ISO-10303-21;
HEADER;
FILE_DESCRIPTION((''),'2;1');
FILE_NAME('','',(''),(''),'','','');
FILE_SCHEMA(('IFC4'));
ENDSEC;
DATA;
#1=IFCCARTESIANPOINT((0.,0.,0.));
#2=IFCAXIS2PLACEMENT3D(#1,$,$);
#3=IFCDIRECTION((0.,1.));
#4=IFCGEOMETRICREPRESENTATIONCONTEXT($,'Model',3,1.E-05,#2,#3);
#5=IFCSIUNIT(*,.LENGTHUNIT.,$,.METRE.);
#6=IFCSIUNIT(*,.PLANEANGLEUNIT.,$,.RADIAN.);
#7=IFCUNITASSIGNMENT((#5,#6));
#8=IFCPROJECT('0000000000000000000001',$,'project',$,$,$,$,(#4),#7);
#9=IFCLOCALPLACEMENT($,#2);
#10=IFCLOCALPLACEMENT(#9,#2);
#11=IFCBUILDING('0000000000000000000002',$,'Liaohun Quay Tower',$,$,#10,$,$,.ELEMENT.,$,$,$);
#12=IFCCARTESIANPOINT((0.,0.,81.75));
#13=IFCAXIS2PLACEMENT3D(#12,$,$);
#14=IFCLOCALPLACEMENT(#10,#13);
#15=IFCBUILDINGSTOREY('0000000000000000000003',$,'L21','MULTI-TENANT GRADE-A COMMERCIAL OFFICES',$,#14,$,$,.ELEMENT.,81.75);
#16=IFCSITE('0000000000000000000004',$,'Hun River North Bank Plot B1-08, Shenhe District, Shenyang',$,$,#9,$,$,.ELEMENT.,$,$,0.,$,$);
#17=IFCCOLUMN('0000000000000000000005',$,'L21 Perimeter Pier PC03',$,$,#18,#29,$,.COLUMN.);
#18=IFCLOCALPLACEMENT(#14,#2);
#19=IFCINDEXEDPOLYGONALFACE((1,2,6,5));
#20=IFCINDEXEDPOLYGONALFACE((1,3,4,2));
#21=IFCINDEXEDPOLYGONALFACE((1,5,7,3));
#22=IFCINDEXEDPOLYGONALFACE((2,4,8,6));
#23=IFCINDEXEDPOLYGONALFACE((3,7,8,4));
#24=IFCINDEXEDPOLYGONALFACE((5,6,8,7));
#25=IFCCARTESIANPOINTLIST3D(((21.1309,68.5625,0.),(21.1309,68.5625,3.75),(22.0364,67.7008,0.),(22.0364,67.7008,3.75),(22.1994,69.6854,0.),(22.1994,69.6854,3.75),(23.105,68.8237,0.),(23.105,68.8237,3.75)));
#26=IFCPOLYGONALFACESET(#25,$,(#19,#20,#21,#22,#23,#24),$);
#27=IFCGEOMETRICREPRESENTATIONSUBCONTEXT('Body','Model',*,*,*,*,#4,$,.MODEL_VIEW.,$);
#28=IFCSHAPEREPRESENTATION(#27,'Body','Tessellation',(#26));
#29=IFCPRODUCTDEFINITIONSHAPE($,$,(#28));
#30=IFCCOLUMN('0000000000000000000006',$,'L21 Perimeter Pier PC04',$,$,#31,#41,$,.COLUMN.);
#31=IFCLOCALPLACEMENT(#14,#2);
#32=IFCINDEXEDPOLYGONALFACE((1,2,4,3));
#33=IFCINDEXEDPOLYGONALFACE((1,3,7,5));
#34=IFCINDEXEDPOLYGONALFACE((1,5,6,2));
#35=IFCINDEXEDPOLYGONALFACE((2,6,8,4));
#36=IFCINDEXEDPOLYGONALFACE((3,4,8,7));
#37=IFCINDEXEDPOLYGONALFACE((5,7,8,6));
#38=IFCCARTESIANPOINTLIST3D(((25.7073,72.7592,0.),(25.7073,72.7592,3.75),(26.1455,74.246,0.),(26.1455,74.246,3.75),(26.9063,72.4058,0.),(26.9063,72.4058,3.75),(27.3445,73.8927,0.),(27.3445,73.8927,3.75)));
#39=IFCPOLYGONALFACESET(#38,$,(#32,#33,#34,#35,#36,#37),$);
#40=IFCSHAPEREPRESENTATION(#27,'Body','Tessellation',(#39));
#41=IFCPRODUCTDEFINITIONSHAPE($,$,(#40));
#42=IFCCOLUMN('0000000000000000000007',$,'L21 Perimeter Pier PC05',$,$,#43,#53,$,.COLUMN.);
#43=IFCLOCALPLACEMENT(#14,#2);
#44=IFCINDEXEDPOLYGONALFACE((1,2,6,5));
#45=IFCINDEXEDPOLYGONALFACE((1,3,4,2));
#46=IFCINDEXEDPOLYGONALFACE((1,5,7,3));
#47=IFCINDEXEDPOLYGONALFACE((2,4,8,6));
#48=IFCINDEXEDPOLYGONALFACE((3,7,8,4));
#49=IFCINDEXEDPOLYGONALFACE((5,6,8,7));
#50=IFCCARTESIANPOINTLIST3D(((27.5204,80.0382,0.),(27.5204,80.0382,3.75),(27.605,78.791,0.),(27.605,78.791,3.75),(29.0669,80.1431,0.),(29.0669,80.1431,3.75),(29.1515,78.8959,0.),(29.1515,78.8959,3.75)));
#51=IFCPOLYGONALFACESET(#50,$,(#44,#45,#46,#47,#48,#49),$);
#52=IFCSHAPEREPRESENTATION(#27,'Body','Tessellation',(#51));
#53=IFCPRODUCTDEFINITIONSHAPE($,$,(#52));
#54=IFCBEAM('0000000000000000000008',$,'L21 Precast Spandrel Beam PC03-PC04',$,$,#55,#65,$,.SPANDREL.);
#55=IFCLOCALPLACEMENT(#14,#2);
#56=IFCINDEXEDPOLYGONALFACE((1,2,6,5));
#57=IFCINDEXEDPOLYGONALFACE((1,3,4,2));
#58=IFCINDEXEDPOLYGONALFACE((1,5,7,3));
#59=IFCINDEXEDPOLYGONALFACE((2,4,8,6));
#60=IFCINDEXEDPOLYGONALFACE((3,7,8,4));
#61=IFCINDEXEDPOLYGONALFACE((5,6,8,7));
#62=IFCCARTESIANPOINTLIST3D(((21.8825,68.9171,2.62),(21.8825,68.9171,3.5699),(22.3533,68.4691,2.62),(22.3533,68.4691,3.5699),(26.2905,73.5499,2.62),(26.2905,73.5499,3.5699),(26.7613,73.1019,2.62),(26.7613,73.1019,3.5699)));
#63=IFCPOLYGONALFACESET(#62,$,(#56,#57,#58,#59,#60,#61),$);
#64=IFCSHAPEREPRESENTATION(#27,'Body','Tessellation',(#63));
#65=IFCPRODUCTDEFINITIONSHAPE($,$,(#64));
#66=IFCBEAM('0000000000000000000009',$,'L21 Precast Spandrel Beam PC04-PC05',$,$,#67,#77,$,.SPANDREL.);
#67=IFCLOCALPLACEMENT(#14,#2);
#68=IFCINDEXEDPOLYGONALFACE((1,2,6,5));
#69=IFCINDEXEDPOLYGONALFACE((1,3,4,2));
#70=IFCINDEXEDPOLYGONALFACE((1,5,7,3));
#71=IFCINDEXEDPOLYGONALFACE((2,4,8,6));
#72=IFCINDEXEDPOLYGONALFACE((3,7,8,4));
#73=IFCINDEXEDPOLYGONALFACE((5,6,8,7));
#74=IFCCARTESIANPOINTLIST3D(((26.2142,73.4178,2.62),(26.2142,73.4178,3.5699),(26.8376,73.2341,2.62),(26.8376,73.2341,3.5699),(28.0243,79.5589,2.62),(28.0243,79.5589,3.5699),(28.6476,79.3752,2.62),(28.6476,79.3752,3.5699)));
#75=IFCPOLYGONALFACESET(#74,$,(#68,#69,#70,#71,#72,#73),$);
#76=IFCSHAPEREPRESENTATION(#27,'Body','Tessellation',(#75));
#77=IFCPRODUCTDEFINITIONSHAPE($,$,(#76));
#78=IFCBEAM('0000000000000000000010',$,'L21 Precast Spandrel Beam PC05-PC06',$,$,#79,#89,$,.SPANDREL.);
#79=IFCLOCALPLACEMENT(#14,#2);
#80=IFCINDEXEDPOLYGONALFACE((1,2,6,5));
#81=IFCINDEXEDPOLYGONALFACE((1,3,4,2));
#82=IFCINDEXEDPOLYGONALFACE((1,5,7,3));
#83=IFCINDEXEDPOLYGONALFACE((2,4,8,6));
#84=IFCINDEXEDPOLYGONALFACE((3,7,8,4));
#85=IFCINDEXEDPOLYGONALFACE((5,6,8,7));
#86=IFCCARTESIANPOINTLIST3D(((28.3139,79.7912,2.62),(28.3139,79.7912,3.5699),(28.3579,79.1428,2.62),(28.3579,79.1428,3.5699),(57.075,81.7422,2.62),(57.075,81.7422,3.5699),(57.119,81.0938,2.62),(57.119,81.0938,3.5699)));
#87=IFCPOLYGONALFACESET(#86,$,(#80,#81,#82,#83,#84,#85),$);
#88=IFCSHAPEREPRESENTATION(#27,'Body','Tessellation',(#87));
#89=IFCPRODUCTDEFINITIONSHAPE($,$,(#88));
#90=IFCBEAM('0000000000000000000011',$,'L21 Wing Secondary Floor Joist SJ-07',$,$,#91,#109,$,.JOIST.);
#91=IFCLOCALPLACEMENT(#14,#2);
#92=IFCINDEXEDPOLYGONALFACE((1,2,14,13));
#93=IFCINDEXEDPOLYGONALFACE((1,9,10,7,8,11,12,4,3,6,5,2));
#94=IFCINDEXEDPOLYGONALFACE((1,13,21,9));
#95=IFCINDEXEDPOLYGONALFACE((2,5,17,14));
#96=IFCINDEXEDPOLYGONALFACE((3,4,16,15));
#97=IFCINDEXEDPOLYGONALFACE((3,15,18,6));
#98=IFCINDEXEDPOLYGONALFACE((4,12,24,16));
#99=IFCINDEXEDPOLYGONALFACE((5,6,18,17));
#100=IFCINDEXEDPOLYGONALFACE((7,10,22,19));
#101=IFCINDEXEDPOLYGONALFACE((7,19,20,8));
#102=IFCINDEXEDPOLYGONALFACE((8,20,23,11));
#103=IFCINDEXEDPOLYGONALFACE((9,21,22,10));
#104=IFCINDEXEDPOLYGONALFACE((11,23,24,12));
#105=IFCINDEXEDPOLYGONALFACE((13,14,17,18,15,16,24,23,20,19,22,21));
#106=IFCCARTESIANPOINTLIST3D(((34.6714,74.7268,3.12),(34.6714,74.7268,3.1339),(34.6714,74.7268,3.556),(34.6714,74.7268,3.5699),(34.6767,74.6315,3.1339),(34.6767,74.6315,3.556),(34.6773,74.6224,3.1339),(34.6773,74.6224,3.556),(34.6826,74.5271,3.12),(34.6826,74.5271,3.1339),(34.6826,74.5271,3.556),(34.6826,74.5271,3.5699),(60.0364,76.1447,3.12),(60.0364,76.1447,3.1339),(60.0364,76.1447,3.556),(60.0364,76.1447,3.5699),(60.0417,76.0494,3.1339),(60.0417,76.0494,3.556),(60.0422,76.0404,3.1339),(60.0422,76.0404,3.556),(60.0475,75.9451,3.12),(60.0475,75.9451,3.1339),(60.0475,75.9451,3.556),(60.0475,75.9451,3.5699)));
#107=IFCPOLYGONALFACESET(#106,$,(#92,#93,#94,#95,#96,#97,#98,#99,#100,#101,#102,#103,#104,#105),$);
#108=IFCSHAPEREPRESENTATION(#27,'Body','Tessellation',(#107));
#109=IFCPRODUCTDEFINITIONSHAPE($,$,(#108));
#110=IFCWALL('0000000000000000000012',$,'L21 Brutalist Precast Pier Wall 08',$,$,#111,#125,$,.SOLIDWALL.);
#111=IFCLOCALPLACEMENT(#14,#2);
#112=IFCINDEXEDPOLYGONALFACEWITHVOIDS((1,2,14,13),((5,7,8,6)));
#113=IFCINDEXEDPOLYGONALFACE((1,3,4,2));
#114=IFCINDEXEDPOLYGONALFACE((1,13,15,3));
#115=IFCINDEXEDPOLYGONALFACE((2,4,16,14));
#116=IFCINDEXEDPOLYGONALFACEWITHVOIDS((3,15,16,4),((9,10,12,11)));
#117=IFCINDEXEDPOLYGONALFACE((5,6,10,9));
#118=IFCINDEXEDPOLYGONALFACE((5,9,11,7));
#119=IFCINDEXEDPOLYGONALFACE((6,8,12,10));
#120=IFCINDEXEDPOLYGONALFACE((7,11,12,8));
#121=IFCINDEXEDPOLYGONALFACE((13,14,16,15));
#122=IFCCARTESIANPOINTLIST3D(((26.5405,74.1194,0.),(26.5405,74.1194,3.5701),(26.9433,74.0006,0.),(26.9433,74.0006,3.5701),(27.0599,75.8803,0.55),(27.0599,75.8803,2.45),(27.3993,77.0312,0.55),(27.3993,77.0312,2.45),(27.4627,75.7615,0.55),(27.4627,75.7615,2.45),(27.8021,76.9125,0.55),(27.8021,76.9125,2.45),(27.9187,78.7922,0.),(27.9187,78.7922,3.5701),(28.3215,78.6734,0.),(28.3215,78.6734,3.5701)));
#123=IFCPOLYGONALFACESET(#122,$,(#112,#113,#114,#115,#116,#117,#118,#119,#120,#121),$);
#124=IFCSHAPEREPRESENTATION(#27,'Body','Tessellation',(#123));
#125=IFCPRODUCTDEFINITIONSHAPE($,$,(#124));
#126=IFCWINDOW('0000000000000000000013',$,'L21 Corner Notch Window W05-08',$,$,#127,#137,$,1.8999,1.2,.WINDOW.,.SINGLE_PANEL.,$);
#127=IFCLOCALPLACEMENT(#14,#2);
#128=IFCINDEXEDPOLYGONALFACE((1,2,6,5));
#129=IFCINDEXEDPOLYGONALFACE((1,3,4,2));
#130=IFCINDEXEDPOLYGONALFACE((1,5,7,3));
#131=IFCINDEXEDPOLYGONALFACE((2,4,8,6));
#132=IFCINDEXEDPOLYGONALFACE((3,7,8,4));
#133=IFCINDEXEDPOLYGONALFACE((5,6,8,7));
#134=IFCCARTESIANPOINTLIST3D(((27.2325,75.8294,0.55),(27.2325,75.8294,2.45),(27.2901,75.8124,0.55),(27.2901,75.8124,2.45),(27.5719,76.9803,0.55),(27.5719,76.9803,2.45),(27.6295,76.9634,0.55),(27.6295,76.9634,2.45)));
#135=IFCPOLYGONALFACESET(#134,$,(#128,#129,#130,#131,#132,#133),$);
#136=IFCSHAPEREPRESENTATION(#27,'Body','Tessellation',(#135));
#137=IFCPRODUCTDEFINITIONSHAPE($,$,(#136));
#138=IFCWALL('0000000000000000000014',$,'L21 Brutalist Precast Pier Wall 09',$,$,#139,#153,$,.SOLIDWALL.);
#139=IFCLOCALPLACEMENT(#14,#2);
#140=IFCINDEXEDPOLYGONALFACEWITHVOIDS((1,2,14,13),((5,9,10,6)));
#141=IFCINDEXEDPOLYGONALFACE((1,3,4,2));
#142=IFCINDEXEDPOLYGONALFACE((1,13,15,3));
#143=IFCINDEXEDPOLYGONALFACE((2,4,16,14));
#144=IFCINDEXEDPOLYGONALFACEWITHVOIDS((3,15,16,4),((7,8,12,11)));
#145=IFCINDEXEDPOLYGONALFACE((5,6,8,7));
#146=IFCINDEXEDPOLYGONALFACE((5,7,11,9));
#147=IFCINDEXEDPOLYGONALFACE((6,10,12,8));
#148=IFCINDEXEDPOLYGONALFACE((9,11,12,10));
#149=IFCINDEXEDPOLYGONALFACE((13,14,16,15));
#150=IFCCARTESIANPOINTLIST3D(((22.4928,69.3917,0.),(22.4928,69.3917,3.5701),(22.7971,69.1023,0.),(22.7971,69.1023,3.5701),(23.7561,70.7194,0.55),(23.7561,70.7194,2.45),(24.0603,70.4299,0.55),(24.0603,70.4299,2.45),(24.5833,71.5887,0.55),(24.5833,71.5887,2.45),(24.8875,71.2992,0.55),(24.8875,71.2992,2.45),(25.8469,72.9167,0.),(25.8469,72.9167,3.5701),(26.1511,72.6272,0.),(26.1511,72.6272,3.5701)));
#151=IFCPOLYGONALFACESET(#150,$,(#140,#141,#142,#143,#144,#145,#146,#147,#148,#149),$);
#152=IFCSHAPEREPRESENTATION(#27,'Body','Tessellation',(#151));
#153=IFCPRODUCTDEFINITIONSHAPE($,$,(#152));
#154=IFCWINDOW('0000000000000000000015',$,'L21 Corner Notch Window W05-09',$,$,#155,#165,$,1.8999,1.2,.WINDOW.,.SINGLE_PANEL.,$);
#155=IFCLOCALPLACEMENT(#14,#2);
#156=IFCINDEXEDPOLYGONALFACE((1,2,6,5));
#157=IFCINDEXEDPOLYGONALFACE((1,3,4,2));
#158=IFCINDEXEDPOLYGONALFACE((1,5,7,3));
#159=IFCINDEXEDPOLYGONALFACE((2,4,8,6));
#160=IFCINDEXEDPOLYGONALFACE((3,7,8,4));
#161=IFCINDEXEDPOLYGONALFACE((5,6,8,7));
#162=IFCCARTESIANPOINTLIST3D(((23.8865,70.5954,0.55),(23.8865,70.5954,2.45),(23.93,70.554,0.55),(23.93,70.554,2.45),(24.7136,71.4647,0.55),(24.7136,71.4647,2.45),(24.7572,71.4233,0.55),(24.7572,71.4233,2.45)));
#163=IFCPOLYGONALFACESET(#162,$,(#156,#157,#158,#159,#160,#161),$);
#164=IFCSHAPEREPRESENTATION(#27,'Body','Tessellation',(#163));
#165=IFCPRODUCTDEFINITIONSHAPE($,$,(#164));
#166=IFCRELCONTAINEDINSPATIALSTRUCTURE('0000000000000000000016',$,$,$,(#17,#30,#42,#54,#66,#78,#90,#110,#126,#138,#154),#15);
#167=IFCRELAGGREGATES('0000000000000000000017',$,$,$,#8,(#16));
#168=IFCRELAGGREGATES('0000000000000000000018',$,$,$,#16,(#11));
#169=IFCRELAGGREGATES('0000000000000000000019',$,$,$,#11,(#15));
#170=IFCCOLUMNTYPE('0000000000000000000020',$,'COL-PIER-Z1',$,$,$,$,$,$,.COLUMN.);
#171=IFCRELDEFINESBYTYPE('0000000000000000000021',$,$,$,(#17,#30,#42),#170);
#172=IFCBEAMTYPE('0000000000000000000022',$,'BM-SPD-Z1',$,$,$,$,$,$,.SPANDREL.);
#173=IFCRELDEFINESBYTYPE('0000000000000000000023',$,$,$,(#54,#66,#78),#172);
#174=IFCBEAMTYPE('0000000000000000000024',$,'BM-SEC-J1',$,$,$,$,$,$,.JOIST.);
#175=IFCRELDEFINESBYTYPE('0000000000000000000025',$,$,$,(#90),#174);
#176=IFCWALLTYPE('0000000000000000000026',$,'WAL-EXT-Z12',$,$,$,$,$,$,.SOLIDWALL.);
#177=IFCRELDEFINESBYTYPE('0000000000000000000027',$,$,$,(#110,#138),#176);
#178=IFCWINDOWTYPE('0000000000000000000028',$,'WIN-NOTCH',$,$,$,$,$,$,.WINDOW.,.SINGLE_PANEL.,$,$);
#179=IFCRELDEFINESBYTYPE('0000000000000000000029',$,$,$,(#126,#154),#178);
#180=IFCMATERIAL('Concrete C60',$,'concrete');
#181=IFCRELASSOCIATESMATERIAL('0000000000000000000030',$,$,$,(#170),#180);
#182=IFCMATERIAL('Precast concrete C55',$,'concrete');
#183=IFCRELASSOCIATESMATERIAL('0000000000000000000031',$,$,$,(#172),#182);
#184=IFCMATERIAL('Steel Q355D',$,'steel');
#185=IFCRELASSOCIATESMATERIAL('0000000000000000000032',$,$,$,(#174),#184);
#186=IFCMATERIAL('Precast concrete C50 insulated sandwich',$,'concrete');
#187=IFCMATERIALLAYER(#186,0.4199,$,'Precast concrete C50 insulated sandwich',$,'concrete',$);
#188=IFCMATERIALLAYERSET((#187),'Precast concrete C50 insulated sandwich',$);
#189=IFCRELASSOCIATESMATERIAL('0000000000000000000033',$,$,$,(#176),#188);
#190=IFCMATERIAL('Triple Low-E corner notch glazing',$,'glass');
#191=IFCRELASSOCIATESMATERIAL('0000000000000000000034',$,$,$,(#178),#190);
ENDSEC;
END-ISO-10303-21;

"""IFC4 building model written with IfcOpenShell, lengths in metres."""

from ifc_helpers import new_model, si_unit, direction, frame, frame_2d, origin, origin_2d, place, context, subcontext, project, spatial, rectangle, i_section, extrude, source, transform, mapped, material, layer, layer_set, material_profile, profile_set, type_object, element, fill, save


model = new_model("IFC4")

# Units and contexts
model_context = context("Model", 3, precision=1e-05, world=origin(), true_north=direction((0.0, 1.0)))
body_context = subcontext(model_context, "Body", "Model", "MODEL_VIEW")
ifc_project = project(units=[si_unit("LENGTHUNIT", "METRE"), si_unit("PLANEANGLEUNIT", "RADIAN")], contexts=[model_context])

# Site, building, storey
site_placement = place(None, origin())
site = spatial("IfcSite", under=ifc_project, at=site_placement, Name="Hun River North Bank Plot B1-08, Shenhe District, Shenyang", CompositionType="ELEMENT", RefElevation=0.0)
building_placement = place(site_placement, origin())
building = spatial("IfcBuilding", under=site, at=building_placement, Name="Liaohun Quay Tower", CompositionType="ELEMENT")
storey_placement = place(building_placement, frame((0.0, 0.0, 81.75)))
storey = spatial("IfcBuildingStorey", under=building, at=storey_placement, Name="L21", Description="MULTI-TENANT GRADE-A COMMERCIAL OFFICES", CompositionType="ELEMENT", Elevation=81.75)

# Columns
ifc_material_1 = material(Name="Concrete C60", Category="concrete")
ifc_material_profile_1 = material_profile(ifc_material_1, rectangle(XDim=1.55, YDim=1.25, at=origin_2d()), Name="RC1550x1250")
ifc_profile_set_1 = profile_set([ifc_material_profile_1], Name="Concrete C60")
column_type = type_object("IfcColumnType", Name="COL-PIER-Z1", PredefinedType="COLUMN", material=ifc_profile_set_1)
shared_shape_1 = source(origin(), body_context, "Body", "SweptSolid", [
    extrude(rectangle(XDim=1.55, YDim=1.25, at=origin_2d()), origin(), (0.0, 0.0, 1.0), 3.75),
])
for number, where, z_axis, x_axis, name in (
    (1, (22.1179, 68.6931, 0.0), (0.0, 0.0, 1.0), (0.689367, 0.724413, 0.0), "L21 Perimeter Pier PC03"),
    (2, (26.5259, 73.3259, 0.0), (0.0, 0.0, 1.0), (0.282676, 0.959215, 0.0), "L21 Perimeter Pier PC04"),
    (3, (28.3359, 79.467, 0.0), (0.0, 0.0, 1.0), (0.997708, 0.067667, 0.0), "L21 Perimeter Pier PC05"),
):
    element("IfcColumn", number, at=place(storey_placement, frame(where, z_axis=z_axis, x_axis=x_axis)), inside=storey, type_object=column_type, Name=name, PredefinedType="COLUMN", context=body_context, shape_type="MappedRepresentation", body=[
        mapped(shared_shape_1, transform((0.0, 0.0, 0.0), x_axis=(1.0, 0.0, 0.0), y_axis=(0.0, 1.0, 0.0), z_axis=(0.0, 0.0, 1.0), scale=1.0)),
    ])

# Beams
ifc_material_2 = material(Name="Precast concrete C55", Category="concrete")
ifc_material_profile_2 = material_profile(ifc_material_2, rectangle(XDim=0.6499, YDim=0.95, at=origin_2d()), Name="RC650x950")
ifc_profile_set_2 = profile_set([ifc_material_profile_2], Name="Precast concrete C55")
beam_type_1 = type_object("IfcBeamType", Name="BM-SPD-Z1", PredefinedType="SPANDREL", material=ifc_profile_set_2)
shared_shape_2 = source(origin(), body_context, "Body", "SweptSolid", [
    extrude(rectangle(XDim=0.6499, YDim=0.95, at=origin_2d()), origin(), (0.0, 0.0, 1.0), 6.3948),
])
beam_1_placement = place(storey_placement, frame((22.1179, 68.6931, 3.095), z_axis=(0.689307, 0.724469, 0.0), x_axis=(-0.724469, 0.689307, 0.0)))
element("IfcBeam", 4, at=beam_1_placement, inside=storey, type_object=beam_type_1, Name="L21 Precast Spandrel Beam PC03-PC04", PredefinedType="SPANDREL", context=body_context, shape_type="MappedRepresentation", body=[
    mapped(shared_shape_2, transform((0.0, 0.0, 0.0), x_axis=(1.0, 0.0, 0.0), y_axis=(0.0, 1.0, 0.0), z_axis=(0.0, 0.0, 1.0), scale=1.0)),
])
shared_shape_3 = source(origin(), body_context, "Body", "SweptSolid", [
    extrude(rectangle(XDim=0.6499, YDim=0.95, at=origin_2d()), origin(), (0.0, 0.0, 1.0), 6.4023),
])
beam_2_placement = place(storey_placement, frame((26.5259, 73.3259, 3.095), z_axis=(0.28272, 0.959203, 0.0), x_axis=(-0.959203, 0.28272, 0.0)))
element("IfcBeam", 5, at=beam_2_placement, inside=storey, type_object=beam_type_1, Name="L21 Precast Spandrel Beam PC04-PC05", PredefinedType="SPANDREL", context=body_context, shape_type="MappedRepresentation", body=[
    mapped(shared_shape_3, transform((0.0, 0.0, 0.0), x_axis=(1.0, 0.0, 0.0), y_axis=(0.0, 1.0, 0.0), z_axis=(0.0, 0.0, 1.0), scale=1.0)),
])
shared_shape_4 = source(origin(), body_context, "Body", "SweptSolid", [
    extrude(rectangle(XDim=0.6499, YDim=0.95, at=origin_2d()), origin(), (0.0, 0.0, 1.0), 28.8271),
])
beam_3_placement = place(storey_placement, frame((28.3359, 79.467, 3.095), z_axis=(0.997707, 0.067677, 0.0), x_axis=(-0.067677, 0.997707, 0.0)))
element("IfcBeam", 6, at=beam_3_placement, inside=storey, type_object=beam_type_1, Name="L21 Precast Spandrel Beam PC05-PC06", PredefinedType="SPANDREL", context=body_context, shape_type="MappedRepresentation", body=[
    mapped(shared_shape_4, transform((0.0, 0.0, 0.0), x_axis=(1.0, 0.0, 0.0), y_axis=(0.0, 1.0, 0.0), z_axis=(0.0, 0.0, 1.0), scale=1.0)),
])
ifc_material_3 = material(Name="Steel Q355D", Category="steel")
ifc_material_profile_3 = material_profile(ifc_material_3, i_section(OverallWidth=0.2, OverallDepth=0.45, WebThickness=0.009, FlangeThickness=0.0139, at=origin_2d()), Name="HN450x200x9x14")
ifc_profile_set_3 = profile_set([ifc_material_profile_3], Name="Steel Q355D")
beam_type_2 = type_object("IfcBeamType", Name="BM-SEC-J1", PredefinedType="JOIST", material=ifc_profile_set_3)
shared_shape_5 = source(origin(), body_context, "Body", "SweptSolid", [
    extrude(i_section(OverallWidth=0.2, OverallDepth=0.45, WebThickness=0.009, FlangeThickness=0.0139, at=origin_2d()), origin(), (0.0, 0.0, 1.0), 25.4045),
])
beam_4_placement = place(storey_placement, frame((34.677, 74.627, 3.345), z_axis=(0.998441, 0.055815, 0.0), x_axis=(-0.055815, 0.998441, 0.0)))
element("IfcBeam", 7, at=beam_4_placement, inside=storey, type_object=beam_type_2, Name="L21 Wing Secondary Floor Joist SJ-07", PredefinedType="JOIST", context=body_context, shape_type="MappedRepresentation", body=[
    mapped(shared_shape_5, transform((0.0, 0.0, 0.0), x_axis=(1.0, 0.0, 0.0), y_axis=(0.0, 1.0, 0.0), z_axis=(0.0, 0.0, 1.0), scale=1.0)),
])

# Walls, openings, windows
ifc_material_4 = material(Name="Precast concrete C50 insulated sandwich", Category="concrete")
ifc_layer_1 = layer(ifc_material_4, 0.4199, Name="Precast concrete C50 insulated sandwich", Category="concrete")
ifc_layer_set_1 = layer_set([ifc_layer_1], Name="Precast concrete C50 insulated sandwich")
wall_type_1 = type_object("IfcWallType", Name="WAL-EXT-Z12", PredefinedType="SOLIDWALL", material=ifc_layer_set_1)
wall_1_placement = place(storey_placement, frame((28.1201, 78.7329, 0.0), z_axis=(0.0, 0.0, 1.0), x_axis=(-0.282885, -0.959154, 0.0)))
wall_1 = element("IfcWall", 8, at=wall_1_placement, inside=storey, type_object=wall_type_1, Name="L21 Brutalist Precast Pier Wall 08", PredefinedType="SOLIDWALL", context=body_context, shape_type="SweptSolid", body=[
    extrude(rectangle(XDim=4.8718, YDim=0.4199, at=frame_2d((2.436, 0.0))), origin(), (0.0, 0.0, 1.0), 3.5701),
])
shared_shape_6 = source(origin(), body_context, "Body", "SweptSolid", [
    extrude(rectangle(XDim=1.2, YDim=1.8999, at=frame_2d((0.6001, 0.95))), frame((0.0, 0.22, 0.0), z_axis=(0.0, -1.0, 0.0), x_axis=(1.0, 0.0, 0.0)), (0.0, 0.0, 1.0), 0.4399),
])
opening_1_placement = place(wall_1_placement, frame((1.8359, 0.0, 0.55)))
opening_1 = element("IfcOpeningElement", 9, at=opening_1_placement, cuts=wall_1, PredefinedType="OPENING", context=body_context, shape_type="MappedRepresentation", body=[
    mapped(shared_shape_6, transform((0.0, 0.0, 0.0), x_axis=(1.0, 0.0, 0.0), y_axis=(0.0, 1.0, 0.0), z_axis=(0.0, 0.0, 1.0), scale=1.0)),
])
ifc_material_5 = material(Name="Triple Low-E corner notch glazing", Category="glass")
window_type_1 = type_object("IfcWindowType", Name="WIN-NOTCH", PartitioningType="SINGLE_PANEL", PredefinedType="WINDOW", material=ifc_material_5)
shared_shape_7 = source(origin(), body_context, "Body", "SweptSolid", [
    extrude(rectangle(XDim=1.2, YDim=1.8999, at=frame_2d((0.6001, 0.95))), frame((0.0, 0.03, 0.0), z_axis=(0.0, -1.0, 0.0), x_axis=(1.0, 0.0, 0.0)), (0.0, 0.0, 1.0), 0.0601),
])
window_1_placement = place(opening_1_placement, origin())
window_1 = element("IfcWindow", 10, at=window_1_placement, inside=storey, type_object=window_type_1, Name="L21 Corner Notch Window W05-08", OverallHeight=1.8999, OverallWidth=1.2, PartitioningType="SINGLE_PANEL", PredefinedType="WINDOW", context=body_context, shape_type="MappedRepresentation", body=[
    mapped(shared_shape_7, transform((0.0, 0.0, 0.0), x_axis=(1.0, 0.0, 0.0), y_axis=(0.0, 1.0, 0.0), z_axis=(0.0, 0.0, 1.0), scale=1.0)),
])
fill(opening_1, window_1)
wall_2_placement = place(storey_placement, frame((25.999, 72.772, 0.0), z_axis=(0.0, 0.0, 1.0), x_axis=(-0.689327, -0.72445, 0.0)))
wall_2 = element("IfcWall", 11, at=wall_2_placement, inside=storey, type_object=wall_type_1, Name="L21 Brutalist Precast Pier Wall 09", PredefinedType="SOLIDWALL", context=body_context, shape_type="SweptSolid", body=[
    extrude(rectangle(XDim=4.8657, YDim=0.4199, at=frame_2d((2.4329, 0.0))), origin(), (0.0, 0.0, 1.0), 3.5701),
])
opening_2_placement = place(wall_2_placement, frame((1.833, 0.0, 0.55)))
opening_2 = element("IfcOpeningElement", 12, at=opening_2_placement, cuts=wall_2, PredefinedType="OPENING", context=body_context, shape_type="MappedRepresentation", body=[
    mapped(shared_shape_6, transform((0.0, 0.0, 0.0), x_axis=(1.0, 0.0, 0.0), y_axis=(0.0, 1.0, 0.0), z_axis=(0.0, 0.0, 1.0), scale=1.0)),
])
window_2_placement = place(opening_2_placement, origin())
window_2 = element("IfcWindow", 13, at=window_2_placement, inside=storey, type_object=window_type_1, Name="L21 Corner Notch Window W05-09", OverallHeight=1.8999, OverallWidth=1.2, PartitioningType="SINGLE_PANEL", PredefinedType="WINDOW", context=body_context, shape_type="MappedRepresentation", body=[
    mapped(shared_shape_7, transform((0.0, 0.0, 0.0), x_axis=(1.0, 0.0, 0.0), y_axis=(0.0, 1.0, 0.0), z_axis=(0.0, 0.0, 1.0), scale=1.0)),
])
fill(opening_2, window_2)

save(model, "model.ifc")
